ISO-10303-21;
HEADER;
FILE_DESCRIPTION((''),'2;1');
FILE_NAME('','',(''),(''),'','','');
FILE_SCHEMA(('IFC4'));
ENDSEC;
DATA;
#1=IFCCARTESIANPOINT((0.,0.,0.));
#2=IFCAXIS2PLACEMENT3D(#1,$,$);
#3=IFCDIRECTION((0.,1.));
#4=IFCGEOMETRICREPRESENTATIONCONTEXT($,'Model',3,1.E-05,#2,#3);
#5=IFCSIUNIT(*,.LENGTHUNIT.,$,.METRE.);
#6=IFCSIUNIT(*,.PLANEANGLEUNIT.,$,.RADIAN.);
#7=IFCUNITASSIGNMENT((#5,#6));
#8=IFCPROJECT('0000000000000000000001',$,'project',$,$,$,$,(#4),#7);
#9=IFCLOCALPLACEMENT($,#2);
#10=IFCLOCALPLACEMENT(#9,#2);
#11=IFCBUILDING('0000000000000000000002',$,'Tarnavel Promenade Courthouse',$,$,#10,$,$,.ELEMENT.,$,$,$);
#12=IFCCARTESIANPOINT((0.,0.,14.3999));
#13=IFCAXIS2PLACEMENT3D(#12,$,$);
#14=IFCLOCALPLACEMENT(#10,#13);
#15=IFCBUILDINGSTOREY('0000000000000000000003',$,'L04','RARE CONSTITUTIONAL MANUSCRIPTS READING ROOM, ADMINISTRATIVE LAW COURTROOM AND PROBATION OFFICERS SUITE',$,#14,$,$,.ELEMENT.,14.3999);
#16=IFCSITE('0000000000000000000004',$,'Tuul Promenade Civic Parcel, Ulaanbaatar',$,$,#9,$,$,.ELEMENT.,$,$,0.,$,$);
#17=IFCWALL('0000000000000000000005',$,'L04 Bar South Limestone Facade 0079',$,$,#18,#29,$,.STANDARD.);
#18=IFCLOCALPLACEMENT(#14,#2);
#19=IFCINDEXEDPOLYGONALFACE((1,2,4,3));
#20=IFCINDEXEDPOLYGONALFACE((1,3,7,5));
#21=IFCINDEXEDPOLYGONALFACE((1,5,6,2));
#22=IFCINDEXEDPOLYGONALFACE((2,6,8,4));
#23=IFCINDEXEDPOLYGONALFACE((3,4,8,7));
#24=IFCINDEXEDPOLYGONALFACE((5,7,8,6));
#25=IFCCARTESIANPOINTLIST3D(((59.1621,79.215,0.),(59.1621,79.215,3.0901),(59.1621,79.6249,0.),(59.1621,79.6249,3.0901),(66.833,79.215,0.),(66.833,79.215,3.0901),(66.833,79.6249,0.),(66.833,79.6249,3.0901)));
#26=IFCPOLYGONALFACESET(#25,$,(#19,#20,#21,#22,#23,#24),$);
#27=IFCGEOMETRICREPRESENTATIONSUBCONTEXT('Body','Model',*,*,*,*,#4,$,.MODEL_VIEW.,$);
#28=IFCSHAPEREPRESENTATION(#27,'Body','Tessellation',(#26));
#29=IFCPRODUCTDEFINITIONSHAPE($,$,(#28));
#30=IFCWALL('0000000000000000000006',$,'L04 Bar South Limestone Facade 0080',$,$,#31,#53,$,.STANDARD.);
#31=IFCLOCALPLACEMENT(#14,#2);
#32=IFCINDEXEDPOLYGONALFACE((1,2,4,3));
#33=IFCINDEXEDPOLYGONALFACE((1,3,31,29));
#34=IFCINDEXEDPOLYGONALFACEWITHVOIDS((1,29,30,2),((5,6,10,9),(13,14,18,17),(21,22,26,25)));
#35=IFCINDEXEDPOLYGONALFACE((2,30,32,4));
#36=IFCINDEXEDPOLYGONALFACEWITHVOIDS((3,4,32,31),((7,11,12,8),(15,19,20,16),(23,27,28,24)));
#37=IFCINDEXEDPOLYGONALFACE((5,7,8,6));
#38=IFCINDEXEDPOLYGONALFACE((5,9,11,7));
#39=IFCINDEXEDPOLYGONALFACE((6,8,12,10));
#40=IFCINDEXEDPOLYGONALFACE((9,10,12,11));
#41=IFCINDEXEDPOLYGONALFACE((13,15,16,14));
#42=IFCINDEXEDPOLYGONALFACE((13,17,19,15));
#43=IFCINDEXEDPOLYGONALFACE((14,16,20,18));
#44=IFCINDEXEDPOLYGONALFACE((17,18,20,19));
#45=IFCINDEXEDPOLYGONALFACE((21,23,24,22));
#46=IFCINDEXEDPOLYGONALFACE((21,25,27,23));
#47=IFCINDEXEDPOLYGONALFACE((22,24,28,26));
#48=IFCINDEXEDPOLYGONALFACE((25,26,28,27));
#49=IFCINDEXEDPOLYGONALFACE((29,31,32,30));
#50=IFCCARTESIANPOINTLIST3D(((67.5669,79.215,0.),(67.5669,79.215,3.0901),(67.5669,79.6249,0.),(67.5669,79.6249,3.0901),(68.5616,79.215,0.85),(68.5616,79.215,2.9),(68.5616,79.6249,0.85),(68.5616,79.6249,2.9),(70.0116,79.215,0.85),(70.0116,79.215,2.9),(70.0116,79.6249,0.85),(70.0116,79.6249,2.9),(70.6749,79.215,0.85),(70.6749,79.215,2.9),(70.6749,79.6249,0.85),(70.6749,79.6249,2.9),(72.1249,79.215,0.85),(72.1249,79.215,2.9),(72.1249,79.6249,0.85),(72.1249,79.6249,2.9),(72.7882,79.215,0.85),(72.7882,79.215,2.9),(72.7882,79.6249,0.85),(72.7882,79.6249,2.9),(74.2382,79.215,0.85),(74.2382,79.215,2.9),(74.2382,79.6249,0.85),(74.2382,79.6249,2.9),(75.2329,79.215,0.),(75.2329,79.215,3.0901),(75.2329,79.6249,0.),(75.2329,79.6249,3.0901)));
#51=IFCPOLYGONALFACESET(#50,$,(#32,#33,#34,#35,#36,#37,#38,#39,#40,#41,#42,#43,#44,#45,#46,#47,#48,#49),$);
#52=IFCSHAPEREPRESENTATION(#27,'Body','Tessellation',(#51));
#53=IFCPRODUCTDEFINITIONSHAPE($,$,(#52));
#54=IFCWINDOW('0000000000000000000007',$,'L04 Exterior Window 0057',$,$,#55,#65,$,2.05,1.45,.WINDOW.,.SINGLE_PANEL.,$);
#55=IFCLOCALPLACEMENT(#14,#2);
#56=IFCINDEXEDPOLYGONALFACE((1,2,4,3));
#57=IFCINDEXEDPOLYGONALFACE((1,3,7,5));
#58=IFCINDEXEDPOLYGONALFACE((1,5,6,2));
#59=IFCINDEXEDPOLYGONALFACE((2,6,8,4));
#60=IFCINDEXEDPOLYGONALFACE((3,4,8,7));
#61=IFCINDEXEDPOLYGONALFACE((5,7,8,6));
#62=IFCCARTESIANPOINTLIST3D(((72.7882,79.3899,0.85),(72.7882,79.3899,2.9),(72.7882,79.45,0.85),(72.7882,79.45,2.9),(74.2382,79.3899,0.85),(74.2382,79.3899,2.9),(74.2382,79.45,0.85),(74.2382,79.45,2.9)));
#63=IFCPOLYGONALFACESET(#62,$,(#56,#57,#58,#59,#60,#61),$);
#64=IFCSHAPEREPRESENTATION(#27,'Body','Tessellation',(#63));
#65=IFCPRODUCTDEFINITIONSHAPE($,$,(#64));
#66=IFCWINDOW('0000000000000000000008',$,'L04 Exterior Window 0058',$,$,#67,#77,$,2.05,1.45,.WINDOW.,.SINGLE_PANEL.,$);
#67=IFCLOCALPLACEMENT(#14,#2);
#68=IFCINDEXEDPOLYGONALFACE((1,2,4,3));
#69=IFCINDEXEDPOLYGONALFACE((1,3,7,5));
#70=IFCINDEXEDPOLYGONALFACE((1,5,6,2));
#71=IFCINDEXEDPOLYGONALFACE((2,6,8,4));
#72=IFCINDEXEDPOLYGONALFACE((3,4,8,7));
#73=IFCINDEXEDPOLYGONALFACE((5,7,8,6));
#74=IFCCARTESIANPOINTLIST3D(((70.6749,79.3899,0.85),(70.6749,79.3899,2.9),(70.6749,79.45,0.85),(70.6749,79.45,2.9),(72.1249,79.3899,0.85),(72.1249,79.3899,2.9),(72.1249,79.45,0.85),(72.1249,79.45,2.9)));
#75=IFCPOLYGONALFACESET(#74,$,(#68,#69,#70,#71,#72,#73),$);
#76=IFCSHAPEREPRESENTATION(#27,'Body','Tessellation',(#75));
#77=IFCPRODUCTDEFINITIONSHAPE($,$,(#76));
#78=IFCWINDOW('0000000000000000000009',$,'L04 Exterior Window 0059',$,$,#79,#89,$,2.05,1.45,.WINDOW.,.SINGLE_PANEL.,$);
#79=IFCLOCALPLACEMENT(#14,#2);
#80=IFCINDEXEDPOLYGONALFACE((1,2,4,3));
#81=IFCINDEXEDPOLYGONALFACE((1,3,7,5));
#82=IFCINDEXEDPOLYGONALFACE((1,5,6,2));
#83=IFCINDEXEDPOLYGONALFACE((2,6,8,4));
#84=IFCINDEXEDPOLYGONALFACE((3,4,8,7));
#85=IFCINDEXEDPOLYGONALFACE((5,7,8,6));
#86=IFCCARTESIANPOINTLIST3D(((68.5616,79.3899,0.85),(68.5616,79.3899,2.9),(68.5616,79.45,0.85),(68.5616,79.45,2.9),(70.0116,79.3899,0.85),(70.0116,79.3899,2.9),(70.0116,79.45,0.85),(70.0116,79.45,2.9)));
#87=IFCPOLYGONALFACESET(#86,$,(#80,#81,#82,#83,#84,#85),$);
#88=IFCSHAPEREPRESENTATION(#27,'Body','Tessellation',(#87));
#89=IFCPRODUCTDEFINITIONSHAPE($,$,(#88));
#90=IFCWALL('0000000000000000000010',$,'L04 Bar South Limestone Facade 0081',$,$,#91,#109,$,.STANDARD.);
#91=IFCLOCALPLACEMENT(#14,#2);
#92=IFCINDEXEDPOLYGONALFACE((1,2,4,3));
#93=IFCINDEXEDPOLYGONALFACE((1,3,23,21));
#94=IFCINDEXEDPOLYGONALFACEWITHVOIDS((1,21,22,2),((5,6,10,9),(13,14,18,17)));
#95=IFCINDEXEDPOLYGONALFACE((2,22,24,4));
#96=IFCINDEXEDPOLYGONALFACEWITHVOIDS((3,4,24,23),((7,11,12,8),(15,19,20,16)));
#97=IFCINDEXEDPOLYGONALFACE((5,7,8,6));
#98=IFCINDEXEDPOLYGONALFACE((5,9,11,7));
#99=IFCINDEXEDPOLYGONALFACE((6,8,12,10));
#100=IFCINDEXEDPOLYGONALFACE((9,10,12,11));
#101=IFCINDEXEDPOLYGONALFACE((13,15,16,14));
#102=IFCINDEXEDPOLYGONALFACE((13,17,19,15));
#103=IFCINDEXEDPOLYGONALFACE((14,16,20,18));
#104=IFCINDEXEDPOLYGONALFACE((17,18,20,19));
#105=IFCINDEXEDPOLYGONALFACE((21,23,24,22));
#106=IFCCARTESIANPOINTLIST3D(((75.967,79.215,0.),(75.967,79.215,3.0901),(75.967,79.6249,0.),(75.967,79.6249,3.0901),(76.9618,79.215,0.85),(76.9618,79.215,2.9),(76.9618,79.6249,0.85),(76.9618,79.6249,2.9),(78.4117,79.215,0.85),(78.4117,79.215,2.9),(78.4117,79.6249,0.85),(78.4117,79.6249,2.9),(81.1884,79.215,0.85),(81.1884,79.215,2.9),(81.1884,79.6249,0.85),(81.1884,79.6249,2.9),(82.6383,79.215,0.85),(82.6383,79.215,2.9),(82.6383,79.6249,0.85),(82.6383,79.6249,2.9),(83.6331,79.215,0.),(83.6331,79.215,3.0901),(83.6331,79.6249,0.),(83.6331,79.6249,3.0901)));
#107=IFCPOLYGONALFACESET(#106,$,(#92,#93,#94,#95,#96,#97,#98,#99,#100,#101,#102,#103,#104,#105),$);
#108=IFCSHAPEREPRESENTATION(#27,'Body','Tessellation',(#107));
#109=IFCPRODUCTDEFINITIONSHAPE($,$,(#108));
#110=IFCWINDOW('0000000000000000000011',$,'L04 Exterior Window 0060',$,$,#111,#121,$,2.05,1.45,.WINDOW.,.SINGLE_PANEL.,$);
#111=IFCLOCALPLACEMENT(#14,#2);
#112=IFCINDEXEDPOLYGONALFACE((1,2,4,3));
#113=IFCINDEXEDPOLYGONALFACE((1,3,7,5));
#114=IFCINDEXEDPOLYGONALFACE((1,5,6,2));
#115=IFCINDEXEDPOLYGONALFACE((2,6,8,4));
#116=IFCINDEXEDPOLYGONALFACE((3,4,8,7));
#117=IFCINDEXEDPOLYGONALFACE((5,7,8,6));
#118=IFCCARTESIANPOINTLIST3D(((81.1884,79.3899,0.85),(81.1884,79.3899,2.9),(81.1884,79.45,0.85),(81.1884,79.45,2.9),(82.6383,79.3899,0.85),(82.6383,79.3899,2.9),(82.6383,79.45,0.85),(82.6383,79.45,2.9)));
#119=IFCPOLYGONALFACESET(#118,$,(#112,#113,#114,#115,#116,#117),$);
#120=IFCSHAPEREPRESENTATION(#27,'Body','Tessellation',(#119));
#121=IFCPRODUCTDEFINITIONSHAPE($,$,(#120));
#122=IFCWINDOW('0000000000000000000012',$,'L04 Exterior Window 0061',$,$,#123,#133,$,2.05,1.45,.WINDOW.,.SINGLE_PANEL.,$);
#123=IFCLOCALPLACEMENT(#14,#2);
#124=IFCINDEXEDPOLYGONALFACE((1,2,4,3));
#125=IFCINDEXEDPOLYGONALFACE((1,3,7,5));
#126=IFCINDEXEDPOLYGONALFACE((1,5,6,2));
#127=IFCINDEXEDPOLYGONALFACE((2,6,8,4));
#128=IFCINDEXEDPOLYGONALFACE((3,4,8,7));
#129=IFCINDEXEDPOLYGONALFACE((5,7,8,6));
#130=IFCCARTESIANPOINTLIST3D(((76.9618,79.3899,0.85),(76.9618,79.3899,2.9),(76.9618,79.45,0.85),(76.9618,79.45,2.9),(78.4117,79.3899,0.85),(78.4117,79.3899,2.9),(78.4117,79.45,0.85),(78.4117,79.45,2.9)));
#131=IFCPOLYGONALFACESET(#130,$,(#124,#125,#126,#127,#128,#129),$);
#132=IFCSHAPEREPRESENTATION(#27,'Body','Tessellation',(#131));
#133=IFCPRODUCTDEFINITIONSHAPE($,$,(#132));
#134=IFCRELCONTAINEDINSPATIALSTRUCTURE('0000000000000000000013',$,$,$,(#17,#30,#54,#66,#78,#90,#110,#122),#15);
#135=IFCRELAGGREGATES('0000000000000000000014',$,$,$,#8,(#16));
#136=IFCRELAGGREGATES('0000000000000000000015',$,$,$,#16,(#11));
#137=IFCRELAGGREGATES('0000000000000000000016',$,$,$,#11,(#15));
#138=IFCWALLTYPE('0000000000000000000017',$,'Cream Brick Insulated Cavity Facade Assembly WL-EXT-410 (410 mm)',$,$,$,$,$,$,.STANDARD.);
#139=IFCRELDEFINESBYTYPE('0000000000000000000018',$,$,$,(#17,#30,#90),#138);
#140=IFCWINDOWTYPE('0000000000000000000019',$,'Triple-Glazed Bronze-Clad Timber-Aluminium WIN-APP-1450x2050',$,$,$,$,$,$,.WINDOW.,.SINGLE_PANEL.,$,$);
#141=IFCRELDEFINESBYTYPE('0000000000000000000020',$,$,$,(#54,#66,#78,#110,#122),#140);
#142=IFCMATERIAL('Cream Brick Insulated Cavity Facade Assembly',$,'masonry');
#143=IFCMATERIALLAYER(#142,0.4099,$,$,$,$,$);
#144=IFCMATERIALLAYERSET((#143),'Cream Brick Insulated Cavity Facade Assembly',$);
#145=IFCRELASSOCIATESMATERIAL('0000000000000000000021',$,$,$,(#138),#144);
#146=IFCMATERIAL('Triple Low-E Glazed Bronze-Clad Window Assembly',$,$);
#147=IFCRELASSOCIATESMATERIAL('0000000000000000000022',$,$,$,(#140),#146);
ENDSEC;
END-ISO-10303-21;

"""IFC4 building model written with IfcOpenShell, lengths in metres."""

from ifc_helpers import new_model, si_unit, direction, frame, frame_2d, origin, place, context, subcontext, project, spatial, rectangle, extrude, material, layer, layer_set, type_object, element, fill, save


model = new_model("IFC4")

# Units and contexts
model_context = context("Model", 3, precision=1e-05, world=origin(), true_north=direction((0.0, 1.0)))
body_context = subcontext(model_context, "Body", "Model", "MODEL_VIEW")
ifc_project = project(units=[si_unit("LENGTHUNIT", "METRE"), si_unit("PLANEANGLEUNIT", "RADIAN")], contexts=[model_context])

# Site, building, storey
site_placement = place(None, origin())
site = spatial("IfcSite", under=ifc_project, at=site_placement, Name="Tuul Promenade Civic Parcel, Ulaanbaatar", CompositionType="ELEMENT", RefElevation=0.0)
building_placement = place(site_placement, origin())
building = spatial("IfcBuilding", under=site, at=building_placement, Name="Tarnavel Promenade Courthouse", CompositionType="ELEMENT")
storey_placement = place(building_placement, frame((0.0, 0.0, 14.3999)))
storey = spatial("IfcBuildingStorey", under=building, at=storey_placement, Name="L04", Description="RARE CONSTITUTIONAL MANUSCRIPTS READING ROOM, ADMINISTRATIVE LAW COURTROOM AND PROBATION OFFICERS SUITE", CompositionType="ELEMENT", Elevation=14.3999)

# Wall
ifc_material_1 = material(Name="Cream Brick Insulated Cavity Facade Assembly", Category="masonry")
ifc_layer_1 = layer(ifc_material_1, 0.4099)
ifc_layer_set_1 = layer_set([ifc_layer_1], Name="Cream Brick Insulated Cavity Facade Assembly")
wall_type_1 = type_object("IfcWallType", Name="Cream Brick Insulated Cavity Facade Assembly WL-EXT-410 (410 mm)", PredefinedType="STANDARD", material=ifc_layer_set_1)
wall_1_placement = place(storey_placement, frame((66.833, 79.4199, 0.0), z_axis=(0.0, 0.0, 1.0), x_axis=(-1.0, 0.0, 0.0)))
element("IfcWall", 1, at=wall_1_placement, inside=storey, type_object=wall_type_1, Name="L04 Bar South Limestone Facade 0079", PredefinedType="STANDARD", context=body_context, shape_type="SweptSolid", body=[
    extrude(rectangle(XDim=7.6709, YDim=0.4099, at=frame_2d((3.8354, 0.0))), origin(), (0.0, 0.0, 1.0), 3.0901),
])

# Walls, openings, windows
wall_2_placement = place(storey_placement, frame((75.2329, 79.4199, 0.0), z_axis=(0.0, 0.0, 1.0), x_axis=(-1.0, 0.0, 0.0)))
wall_2 = element("IfcWall", 2, at=wall_2_placement, inside=storey, type_object=wall_type_1, Name="L04 Bar South Limestone Facade 0080", PredefinedType="STANDARD", context=body_context, shape_type="SweptSolid", body=[
    extrude(rectangle(XDim=7.666, YDim=0.4099, at=frame_2d((3.833, 0.0))), origin(), (0.0, 0.0, 1.0), 3.0901),
])
opening_1_placement = place(wall_2_placement, frame((0.9946, 0.0, 0.8501)))
opening_1 = element("IfcOpeningElement", 3, at=opening_1_placement, cuts=wall_2, PredefinedType="OPENING", context=body_context, shape_type="SweptSolid", body=[
    extrude(rectangle(XDim=1.45, YDim=2.05, at=frame_2d((0.7251, 1.0249))), frame((0.0, 0.2148, 0.0), z_axis=(0.0, -1.0, 0.0), x_axis=(1.0, 0.0, 0.0)), (0.0, 0.0, 1.0), 0.4299),
])
opening_2_placement = place(wall_2_placement, frame((3.1079, 0.0, 0.8501)))
opening_2 = element("IfcOpeningElement", 4, at=opening_2_placement, cuts=wall_2, PredefinedType="OPENING", context=body_context, shape_type="SweptSolid", body=[
    extrude(rectangle(XDim=1.45, YDim=2.05, at=frame_2d((0.7251, 1.0249))), frame((0.0, 0.2148, 0.0), z_axis=(0.0, -1.0, 0.0), x_axis=(1.0, 0.0, 0.0)), (0.0, 0.0, 1.0), 0.4299),
])
opening_3_placement = place(wall_2_placement, frame((5.2212, 0.0, 0.8501)))
opening_3 = element("IfcOpeningElement", 5, at=opening_3_placement, cuts=wall_2, PredefinedType="OPENING", context=body_context, shape_type="SweptSolid", body=[
    extrude(rectangle(XDim=1.45, YDim=2.05, at=frame_2d((0.7251, 1.0249))), frame((0.0, 0.2148, 0.0), z_axis=(0.0, -1.0, 0.0), x_axis=(1.0, 0.0, 0.0)), (0.0, 0.0, 1.0), 0.4299),
])
ifc_material_2 = material(Name="Triple Low-E Glazed Bronze-Clad Window Assembly")
window_type = type_object("IfcWindowType", Name="Triple-Glazed Bronze-Clad Timber-Aluminium WIN-APP-1450x2050", PartitioningType="SINGLE_PANEL", PredefinedType="WINDOW", material=ifc_material_2)
window_1_placement = place(opening_1_placement, origin())
window_1 = element("IfcWindow", 6, at=window_1_placement, inside=storey, type_object=window_type, Name="L04 Exterior Window 0057", OverallHeight=2.05, OverallWidth=1.45, PartitioningType="SINGLE_PANEL", PredefinedType="WINDOW", context=body_context, shape_type="SweptSolid", body=[
    extrude(rectangle(XDim=1.45, YDim=2.05, at=frame_2d((0.7251, 1.0249))), frame((0.0, 0.03, 0.0), z_axis=(0.0, -1.0, 0.0), x_axis=(1.0, 0.0, 0.0)), (0.0, 0.0, 1.0), 0.0601),
])
fill(opening_1, window_1)
window_2_placement = place(opening_2_placement, origin())
window_2 = element("IfcWindow", 7, at=window_2_placement, inside=storey, type_object=window_type, Name="L04 Exterior Window 0058", OverallHeight=2.05, OverallWidth=1.45, PartitioningType="SINGLE_PANEL", PredefinedType="WINDOW", context=body_context, shape_type="SweptSolid", body=[
    extrude(rectangle(XDim=1.45, YDim=2.05, at=frame_2d((0.7251, 1.0249))), frame((0.0, 0.03, 0.0), z_axis=(0.0, -1.0, 0.0), x_axis=(1.0, 0.0, 0.0)), (0.0, 0.0, 1.0), 0.0601),
])
fill(opening_2, window_2)
window_3_placement = place(opening_3_placement, origin())
window_3 = element("IfcWindow", 8, at=window_3_placement, inside=storey, type_object=window_type, Name="L04 Exterior Window 0059", OverallHeight=2.05, OverallWidth=1.45, PartitioningType="SINGLE_PANEL", PredefinedType="WINDOW", context=body_context, shape_type="SweptSolid", body=[
    extrude(rectangle(XDim=1.45, YDim=2.05, at=frame_2d((0.7251, 1.0249))), frame((0.0, 0.03, 0.0), z_axis=(0.0, -1.0, 0.0), x_axis=(1.0, 0.0, 0.0)), (0.0, 0.0, 1.0), 0.0601),
])
fill(opening_3, window_3)
wall_3_placement = place(storey_placement, frame((83.6331, 79.4199, 0.0), z_axis=(0.0, 0.0, 1.0), x_axis=(-1.0, 0.0, 0.0)))
wall_3 = element("IfcWall", 9, at=wall_3_placement, inside=storey, type_object=wall_type_1, Name="L04 Bar South Limestone Facade 0081", PredefinedType="STANDARD", context=body_context, shape_type="SweptSolid", body=[
    extrude(rectangle(XDim=7.666, YDim=0.4099, at=frame_2d((3.833, 0.0))), origin(), (0.0, 0.0, 1.0), 3.0901),
])
opening_4_placement = place(wall_3_placement, frame((0.9946, 0.0, 0.8501)))
opening_4 = element("IfcOpeningElement", 10, at=opening_4_placement, cuts=wall_3, PredefinedType="OPENING", context=body_context, shape_type="SweptSolid", body=[
    extrude(rectangle(XDim=1.45, YDim=2.05, at=frame_2d((0.7251, 1.0249))), frame((0.0, 0.2148, 0.0), z_axis=(0.0, -1.0, 0.0), x_axis=(1.0, 0.0, 0.0)), (0.0, 0.0, 1.0), 0.4299),
])
opening_5_placement = place(wall_3_placement, frame((5.2212, 0.0, 0.8501)))
opening_5 = element("IfcOpeningElement", 11, at=opening_5_placement, cuts=wall_3, PredefinedType="OPENING", context=body_context, shape_type="SweptSolid", body=[
    extrude(rectangle(XDim=1.45, YDim=2.05, at=frame_2d((0.7251, 1.0249))), frame((0.0, 0.2148, 0.0), z_axis=(0.0, -1.0, 0.0), x_axis=(1.0, 0.0, 0.0)), (0.0, 0.0, 1.0), 0.4299),
])
window_4_placement = place(opening_4_placement, origin())
window_4 = element("IfcWindow", 12, at=window_4_placement, inside=storey, type_object=window_type, Name="L04 Exterior Window 0060", OverallHeight=2.05, OverallWidth=1.45, PartitioningType="SINGLE_PANEL", PredefinedType="WINDOW", context=body_context, shape_type="SweptSolid", body=[
    extrude(rectangle(XDim=1.45, YDim=2.05, at=frame_2d((0.7251, 1.0249))), frame((0.0, 0.03, 0.0), z_axis=(0.0, -1.0, 0.0), x_axis=(1.0, 0.0, 0.0)), (0.0, 0.0, 1.0), 0.0601),
])
fill(opening_4, window_4)
window_5_placement = place(opening_5_placement, origin())
window_5 = element("IfcWindow", 13, at=window_5_placement, inside=storey, type_object=window_type, Name="L04 Exterior Window 0061", OverallHeight=2.05, OverallWidth=1.45, PartitioningType="SINGLE_PANEL", PredefinedType="WINDOW", context=body_context, shape_type="SweptSolid", body=[
    extrude(rectangle(XDim=1.45, YDim=2.05, at=frame_2d((0.7251, 1.0249))), frame((0.0, 0.03, 0.0), z_axis=(0.0, -1.0, 0.0), x_axis=(1.0, 0.0, 0.0)), (0.0, 0.0, 1.0), 0.0601),
])
fill(opening_5, window_5)

save(model, "model.ifc")
